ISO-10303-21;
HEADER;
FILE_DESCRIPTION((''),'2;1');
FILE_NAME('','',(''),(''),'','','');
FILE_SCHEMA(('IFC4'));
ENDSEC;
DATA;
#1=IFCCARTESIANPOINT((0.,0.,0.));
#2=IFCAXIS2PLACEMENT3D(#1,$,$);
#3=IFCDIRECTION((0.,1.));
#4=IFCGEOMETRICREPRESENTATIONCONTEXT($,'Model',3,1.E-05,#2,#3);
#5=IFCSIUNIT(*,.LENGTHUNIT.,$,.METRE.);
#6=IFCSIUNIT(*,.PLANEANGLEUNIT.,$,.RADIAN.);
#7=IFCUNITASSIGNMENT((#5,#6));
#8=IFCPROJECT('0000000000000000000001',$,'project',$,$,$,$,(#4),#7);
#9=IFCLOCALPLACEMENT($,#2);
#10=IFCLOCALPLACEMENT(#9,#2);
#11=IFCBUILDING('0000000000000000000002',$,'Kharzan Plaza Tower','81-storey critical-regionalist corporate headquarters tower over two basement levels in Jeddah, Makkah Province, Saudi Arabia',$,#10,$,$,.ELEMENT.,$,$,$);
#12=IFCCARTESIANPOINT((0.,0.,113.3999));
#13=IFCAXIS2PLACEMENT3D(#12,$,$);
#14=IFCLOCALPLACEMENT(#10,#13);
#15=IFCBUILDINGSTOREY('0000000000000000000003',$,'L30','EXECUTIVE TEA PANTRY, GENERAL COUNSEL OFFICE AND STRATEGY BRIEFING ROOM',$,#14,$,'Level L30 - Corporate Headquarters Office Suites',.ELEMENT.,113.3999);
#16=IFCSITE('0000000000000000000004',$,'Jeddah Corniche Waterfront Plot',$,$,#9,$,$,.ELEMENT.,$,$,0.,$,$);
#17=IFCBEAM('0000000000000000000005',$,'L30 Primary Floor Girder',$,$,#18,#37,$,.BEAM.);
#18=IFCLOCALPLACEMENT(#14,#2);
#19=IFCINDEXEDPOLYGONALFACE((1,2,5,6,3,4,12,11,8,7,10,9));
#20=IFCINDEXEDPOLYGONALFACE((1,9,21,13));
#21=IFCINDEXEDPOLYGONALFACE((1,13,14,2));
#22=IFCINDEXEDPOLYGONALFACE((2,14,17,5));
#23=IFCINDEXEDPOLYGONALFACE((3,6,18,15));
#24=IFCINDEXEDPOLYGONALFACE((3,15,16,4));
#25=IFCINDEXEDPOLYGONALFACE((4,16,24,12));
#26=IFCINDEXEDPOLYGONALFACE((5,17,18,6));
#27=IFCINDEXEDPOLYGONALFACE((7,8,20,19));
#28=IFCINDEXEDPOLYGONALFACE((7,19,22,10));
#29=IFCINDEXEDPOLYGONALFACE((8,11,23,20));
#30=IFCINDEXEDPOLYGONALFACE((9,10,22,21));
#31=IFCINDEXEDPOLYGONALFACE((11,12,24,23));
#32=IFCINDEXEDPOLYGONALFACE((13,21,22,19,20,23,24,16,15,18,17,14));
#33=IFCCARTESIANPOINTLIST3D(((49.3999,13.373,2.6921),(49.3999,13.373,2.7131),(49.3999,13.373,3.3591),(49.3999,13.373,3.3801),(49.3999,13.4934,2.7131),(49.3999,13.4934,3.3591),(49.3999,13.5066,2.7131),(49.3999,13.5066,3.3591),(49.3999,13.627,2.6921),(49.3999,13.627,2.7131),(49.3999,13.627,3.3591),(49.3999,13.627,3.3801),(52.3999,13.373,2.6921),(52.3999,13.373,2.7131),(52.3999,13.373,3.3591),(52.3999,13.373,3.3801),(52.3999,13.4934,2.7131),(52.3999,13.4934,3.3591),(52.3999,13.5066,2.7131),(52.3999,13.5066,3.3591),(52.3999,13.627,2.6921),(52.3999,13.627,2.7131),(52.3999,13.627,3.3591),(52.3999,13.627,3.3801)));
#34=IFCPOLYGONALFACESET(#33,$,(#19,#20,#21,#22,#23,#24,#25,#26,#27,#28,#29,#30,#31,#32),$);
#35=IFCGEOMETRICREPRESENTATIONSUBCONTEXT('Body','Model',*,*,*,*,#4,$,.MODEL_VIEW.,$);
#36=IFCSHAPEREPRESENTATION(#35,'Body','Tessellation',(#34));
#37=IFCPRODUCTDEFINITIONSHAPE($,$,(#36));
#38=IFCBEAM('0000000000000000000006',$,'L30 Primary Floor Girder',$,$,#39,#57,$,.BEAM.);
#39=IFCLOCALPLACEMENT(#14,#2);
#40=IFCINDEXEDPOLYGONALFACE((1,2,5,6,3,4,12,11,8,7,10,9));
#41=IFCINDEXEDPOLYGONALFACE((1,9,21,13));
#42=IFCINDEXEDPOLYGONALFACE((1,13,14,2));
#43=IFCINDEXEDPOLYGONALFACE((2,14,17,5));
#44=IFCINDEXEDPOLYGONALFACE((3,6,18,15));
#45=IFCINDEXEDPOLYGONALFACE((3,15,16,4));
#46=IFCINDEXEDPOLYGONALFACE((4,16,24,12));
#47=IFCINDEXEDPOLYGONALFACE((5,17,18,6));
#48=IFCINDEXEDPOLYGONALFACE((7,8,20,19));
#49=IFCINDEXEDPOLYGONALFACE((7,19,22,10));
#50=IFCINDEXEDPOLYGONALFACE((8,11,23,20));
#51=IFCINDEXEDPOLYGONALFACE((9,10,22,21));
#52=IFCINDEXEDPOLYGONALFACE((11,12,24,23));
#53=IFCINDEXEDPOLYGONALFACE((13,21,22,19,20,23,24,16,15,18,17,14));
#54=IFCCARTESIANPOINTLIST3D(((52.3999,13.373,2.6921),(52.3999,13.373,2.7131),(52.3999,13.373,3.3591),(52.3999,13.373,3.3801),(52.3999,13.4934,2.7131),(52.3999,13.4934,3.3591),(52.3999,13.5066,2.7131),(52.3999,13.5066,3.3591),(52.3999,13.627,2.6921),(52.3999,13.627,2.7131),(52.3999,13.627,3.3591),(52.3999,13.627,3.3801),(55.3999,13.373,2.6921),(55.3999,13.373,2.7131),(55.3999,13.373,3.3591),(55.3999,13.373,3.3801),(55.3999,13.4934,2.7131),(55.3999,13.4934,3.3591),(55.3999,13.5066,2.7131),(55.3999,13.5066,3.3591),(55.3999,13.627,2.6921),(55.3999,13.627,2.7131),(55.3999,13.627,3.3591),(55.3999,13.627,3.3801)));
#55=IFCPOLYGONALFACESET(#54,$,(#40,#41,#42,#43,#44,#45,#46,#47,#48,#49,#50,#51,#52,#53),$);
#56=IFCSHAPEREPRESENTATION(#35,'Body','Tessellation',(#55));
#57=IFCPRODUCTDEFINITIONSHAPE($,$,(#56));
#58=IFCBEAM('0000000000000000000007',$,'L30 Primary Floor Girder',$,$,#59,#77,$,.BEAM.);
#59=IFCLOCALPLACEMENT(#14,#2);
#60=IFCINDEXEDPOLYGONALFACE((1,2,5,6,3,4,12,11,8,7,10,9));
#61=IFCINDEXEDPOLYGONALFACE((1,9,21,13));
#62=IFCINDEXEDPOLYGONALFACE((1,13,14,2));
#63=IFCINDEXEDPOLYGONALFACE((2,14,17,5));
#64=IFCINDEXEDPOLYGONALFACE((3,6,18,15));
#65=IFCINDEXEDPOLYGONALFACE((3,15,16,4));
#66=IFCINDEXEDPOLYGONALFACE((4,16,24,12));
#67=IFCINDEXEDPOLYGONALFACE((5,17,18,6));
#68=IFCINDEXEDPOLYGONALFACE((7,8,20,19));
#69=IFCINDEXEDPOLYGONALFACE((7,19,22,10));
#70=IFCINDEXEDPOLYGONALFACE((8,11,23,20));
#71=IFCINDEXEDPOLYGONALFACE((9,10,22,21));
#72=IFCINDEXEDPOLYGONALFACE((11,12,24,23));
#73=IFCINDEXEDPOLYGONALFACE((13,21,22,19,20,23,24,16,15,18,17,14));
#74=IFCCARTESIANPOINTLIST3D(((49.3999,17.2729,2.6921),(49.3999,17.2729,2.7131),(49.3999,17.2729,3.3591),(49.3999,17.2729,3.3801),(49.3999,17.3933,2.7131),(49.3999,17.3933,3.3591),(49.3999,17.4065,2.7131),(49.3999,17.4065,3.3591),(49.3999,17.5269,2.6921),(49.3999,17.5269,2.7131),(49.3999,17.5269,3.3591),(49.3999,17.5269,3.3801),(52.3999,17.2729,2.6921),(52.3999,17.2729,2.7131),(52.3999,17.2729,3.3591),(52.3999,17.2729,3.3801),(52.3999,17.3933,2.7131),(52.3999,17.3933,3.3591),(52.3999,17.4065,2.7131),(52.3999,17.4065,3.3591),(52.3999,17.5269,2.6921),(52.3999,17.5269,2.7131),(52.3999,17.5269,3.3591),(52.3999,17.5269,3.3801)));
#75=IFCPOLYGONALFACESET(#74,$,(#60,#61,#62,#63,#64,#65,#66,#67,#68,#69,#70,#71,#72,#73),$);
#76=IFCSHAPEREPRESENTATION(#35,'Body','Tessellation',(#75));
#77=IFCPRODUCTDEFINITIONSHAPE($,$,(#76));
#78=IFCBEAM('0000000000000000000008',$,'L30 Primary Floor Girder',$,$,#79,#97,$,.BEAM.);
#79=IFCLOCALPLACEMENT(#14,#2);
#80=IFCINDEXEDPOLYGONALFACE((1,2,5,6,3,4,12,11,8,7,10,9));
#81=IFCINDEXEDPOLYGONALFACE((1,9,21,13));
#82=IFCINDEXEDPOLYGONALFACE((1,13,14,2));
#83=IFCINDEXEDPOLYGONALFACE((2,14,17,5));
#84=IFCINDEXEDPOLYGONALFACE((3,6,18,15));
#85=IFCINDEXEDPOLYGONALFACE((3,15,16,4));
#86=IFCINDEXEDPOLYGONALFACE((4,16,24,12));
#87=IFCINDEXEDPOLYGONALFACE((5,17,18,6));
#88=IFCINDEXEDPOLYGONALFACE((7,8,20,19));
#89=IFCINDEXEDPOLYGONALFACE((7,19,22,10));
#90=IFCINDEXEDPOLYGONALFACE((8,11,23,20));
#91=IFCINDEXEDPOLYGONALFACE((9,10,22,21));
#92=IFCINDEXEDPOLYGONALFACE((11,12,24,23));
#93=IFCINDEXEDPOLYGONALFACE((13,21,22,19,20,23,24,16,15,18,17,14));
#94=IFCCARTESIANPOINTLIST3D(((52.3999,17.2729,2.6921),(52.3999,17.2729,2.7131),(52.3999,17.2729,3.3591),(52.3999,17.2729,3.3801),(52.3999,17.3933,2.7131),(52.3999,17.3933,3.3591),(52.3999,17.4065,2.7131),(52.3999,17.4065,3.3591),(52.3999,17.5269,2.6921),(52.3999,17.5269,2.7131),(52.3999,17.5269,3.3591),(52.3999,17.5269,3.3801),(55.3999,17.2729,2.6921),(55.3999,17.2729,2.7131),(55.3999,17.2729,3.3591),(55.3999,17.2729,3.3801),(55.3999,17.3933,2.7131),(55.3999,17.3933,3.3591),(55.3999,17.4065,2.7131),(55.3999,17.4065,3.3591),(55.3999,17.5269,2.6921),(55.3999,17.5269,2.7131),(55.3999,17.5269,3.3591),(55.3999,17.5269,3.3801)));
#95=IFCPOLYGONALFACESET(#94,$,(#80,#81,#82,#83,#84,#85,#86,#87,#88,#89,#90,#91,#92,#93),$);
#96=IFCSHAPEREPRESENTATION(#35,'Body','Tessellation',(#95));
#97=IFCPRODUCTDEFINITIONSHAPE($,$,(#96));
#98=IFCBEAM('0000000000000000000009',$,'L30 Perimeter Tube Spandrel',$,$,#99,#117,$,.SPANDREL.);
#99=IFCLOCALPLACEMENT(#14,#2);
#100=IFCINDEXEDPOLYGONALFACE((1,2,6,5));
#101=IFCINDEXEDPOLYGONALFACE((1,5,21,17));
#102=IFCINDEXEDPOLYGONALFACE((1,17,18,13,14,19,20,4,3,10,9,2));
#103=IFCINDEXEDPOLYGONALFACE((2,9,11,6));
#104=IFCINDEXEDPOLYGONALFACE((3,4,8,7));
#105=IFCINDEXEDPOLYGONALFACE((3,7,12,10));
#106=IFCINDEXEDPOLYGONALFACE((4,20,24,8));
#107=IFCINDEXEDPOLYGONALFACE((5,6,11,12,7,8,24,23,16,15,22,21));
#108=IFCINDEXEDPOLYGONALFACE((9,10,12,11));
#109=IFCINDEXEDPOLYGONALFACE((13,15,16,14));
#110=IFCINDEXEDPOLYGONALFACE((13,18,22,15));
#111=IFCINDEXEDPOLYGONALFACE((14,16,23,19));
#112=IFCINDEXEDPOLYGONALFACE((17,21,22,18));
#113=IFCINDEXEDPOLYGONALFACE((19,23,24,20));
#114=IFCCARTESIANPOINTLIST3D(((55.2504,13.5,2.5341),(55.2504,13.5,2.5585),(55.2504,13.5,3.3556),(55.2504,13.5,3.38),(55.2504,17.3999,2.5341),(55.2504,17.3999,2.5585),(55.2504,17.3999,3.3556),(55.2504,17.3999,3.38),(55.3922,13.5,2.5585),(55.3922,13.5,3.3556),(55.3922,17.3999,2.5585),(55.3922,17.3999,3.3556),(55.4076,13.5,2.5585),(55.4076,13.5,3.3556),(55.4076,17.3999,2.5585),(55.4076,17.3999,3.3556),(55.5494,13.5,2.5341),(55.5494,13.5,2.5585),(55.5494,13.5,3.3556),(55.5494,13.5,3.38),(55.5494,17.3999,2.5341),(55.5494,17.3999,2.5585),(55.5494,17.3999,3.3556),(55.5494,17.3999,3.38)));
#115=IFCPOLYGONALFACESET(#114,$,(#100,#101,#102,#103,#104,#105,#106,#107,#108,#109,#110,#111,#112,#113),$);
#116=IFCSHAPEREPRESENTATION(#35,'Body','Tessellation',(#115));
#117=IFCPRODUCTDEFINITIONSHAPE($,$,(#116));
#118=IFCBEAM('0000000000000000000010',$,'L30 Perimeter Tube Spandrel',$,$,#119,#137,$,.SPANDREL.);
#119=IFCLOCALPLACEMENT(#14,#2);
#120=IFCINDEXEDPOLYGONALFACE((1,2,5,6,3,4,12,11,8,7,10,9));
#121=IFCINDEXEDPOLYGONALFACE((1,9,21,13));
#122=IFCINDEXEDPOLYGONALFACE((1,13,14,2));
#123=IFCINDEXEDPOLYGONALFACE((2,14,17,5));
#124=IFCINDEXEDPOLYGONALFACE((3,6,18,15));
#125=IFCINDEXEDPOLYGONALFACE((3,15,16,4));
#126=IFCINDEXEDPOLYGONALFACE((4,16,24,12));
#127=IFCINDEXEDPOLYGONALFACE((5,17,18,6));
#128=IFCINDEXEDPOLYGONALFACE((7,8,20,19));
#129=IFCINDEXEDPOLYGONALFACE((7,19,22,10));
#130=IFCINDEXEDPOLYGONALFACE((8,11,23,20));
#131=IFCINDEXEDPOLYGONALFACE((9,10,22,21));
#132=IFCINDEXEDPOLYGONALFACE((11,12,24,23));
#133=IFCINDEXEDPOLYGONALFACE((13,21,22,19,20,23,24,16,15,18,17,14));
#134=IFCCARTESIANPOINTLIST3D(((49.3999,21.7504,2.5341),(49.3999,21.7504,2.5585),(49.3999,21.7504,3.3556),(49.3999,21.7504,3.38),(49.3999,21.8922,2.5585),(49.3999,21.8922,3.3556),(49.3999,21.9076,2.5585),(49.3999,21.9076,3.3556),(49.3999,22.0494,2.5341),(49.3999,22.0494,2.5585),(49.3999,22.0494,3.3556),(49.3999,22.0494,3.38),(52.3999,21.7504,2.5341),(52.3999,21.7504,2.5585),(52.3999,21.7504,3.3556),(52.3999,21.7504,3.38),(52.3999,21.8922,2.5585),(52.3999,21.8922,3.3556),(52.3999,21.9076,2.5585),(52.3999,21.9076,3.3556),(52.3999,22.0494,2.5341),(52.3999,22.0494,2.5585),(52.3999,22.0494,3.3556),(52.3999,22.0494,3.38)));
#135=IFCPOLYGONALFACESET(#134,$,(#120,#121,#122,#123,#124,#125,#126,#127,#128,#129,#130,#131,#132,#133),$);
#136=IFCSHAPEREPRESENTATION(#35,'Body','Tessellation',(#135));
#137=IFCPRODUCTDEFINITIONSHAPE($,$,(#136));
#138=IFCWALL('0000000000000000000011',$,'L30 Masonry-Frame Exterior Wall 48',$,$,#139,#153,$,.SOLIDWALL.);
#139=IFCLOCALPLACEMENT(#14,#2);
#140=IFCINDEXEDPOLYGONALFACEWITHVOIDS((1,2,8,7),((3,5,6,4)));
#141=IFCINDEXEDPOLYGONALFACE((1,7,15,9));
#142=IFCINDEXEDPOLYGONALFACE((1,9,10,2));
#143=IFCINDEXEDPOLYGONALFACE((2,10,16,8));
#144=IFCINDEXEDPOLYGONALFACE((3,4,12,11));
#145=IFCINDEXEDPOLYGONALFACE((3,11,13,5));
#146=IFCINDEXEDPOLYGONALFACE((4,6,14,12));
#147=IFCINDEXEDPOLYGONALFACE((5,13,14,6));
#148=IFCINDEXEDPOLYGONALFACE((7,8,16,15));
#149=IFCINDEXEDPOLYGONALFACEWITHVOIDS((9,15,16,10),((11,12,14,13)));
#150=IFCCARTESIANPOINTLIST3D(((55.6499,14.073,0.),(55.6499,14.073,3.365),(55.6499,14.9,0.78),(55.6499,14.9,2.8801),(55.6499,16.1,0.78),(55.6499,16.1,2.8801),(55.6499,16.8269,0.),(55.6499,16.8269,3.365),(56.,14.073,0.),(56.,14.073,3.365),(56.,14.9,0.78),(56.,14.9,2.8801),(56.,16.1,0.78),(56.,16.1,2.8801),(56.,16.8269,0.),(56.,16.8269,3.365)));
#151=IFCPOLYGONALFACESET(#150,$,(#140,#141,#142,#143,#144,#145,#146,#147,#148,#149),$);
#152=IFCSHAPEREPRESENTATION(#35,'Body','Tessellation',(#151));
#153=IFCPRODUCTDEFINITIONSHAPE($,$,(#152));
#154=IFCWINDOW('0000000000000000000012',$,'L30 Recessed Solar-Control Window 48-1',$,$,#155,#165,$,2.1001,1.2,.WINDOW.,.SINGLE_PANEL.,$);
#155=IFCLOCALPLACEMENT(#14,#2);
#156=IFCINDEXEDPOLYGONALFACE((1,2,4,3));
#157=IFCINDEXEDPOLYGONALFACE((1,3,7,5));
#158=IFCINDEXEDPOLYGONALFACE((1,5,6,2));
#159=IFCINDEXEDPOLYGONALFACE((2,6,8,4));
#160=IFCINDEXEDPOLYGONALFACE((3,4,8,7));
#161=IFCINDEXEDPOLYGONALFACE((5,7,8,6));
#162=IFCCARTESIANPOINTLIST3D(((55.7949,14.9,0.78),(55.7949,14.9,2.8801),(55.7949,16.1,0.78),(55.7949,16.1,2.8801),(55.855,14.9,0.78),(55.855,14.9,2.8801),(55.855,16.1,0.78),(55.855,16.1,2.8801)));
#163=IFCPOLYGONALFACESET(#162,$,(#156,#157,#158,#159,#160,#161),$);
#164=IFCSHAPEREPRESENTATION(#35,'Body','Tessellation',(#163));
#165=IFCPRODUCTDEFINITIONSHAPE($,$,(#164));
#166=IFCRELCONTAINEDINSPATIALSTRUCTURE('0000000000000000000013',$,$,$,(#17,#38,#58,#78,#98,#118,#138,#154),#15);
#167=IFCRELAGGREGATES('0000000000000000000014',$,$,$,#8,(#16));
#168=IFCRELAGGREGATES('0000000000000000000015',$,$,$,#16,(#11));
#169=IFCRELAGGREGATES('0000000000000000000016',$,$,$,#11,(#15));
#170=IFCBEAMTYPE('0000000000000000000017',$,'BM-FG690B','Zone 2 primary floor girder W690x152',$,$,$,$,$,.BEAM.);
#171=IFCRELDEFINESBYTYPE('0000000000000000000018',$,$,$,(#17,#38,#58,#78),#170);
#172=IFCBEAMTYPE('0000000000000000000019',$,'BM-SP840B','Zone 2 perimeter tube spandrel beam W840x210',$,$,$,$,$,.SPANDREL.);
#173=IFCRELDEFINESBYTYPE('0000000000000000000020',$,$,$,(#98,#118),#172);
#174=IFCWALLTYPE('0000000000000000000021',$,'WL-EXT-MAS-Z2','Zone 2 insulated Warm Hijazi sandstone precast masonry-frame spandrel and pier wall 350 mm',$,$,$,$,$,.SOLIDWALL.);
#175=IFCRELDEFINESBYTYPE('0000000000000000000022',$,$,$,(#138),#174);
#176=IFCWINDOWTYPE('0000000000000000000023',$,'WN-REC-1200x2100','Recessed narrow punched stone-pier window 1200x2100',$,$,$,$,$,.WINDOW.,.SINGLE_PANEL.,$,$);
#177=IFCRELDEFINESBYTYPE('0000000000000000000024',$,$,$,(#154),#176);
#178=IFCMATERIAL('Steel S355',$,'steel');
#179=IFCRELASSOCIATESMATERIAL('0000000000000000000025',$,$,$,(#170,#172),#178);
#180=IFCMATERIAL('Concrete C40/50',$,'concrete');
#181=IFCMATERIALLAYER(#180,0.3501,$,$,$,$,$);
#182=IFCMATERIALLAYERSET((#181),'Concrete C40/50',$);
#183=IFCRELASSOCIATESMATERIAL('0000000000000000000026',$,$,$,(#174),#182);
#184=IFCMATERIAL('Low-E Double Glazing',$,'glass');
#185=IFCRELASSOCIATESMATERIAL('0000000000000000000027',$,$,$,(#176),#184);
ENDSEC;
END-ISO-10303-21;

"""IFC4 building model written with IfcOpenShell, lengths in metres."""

from ifc_helpers import new_model, si_unit, direction, frame, frame_2d, origin, origin_2d, place, context, subcontext, project, spatial, rectangle, i_section, extrude, source, transform, mapped, material, layer, layer_set, material_profile, profile_set, type_object, element, fill, save


model = new_model("IFC4")

# Units and contexts
model_context = context("Model", 3, precision=1e-05, world=origin(), true_north=direction((0.0, 1.0)))
body_context = subcontext(model_context, "Body", "Model", "MODEL_VIEW")
ifc_project = project(units=[si_unit("LENGTHUNIT", "METRE"), si_unit("PLANEANGLEUNIT", "RADIAN")], contexts=[model_context])

# Site, building, storey
site_placement = place(None, origin())
site = spatial("IfcSite", under=ifc_project, at=site_placement, Name="Jeddah Corniche Waterfront Plot", CompositionType="ELEMENT", RefElevation=0.0)
building_placement = place(site_placement, origin())
building = spatial("IfcBuilding", under=site, at=building_placement, Name="Kharzan Plaza Tower", Description="81-storey critical-regionalist corporate headquarters tower over two basement levels in Jeddah, Makkah Province, Saudi Arabia", CompositionType="ELEMENT")
storey_placement = place(building_placement, frame((0.0, 0.0, 113.3999)))
storey = spatial("IfcBuildingStorey", under=building, at=storey_placement, Name="L30", Description="EXECUTIVE TEA PANTRY, GENERAL COUNSEL OFFICE AND STRATEGY BRIEFING ROOM", LongName="Level L30 - Corporate Headquarters Office Suites", CompositionType="ELEMENT", Elevation=113.3999)

# Beams
ifc_material_1 = material(Name="Steel S355", Category="steel")
ifc_material_profile_1 = material_profile(ifc_material_1, i_section(OverallWidth=0.2539, OverallDepth=0.688, WebThickness=0.0132, FlangeThickness=0.021, at=origin_2d()), Name="W690x152")
ifc_profile_set_1 = profile_set([ifc_material_profile_1], Name="Steel S355")
beam_type_1 = type_object("IfcBeamType", Name="BM-FG690B", Description="Zone 2 primary floor girder W690x152", PredefinedType="BEAM", material=ifc_profile_set_1)
shared_shape_1 = source(origin(), body_context, "Body", "SweptSolid", [
    extrude(i_section(OverallWidth=0.2539, OverallDepth=0.688, WebThickness=0.0132, FlangeThickness=0.021, at=origin_2d()), origin(), (0.0, 0.0, 1.0), 3.0),
])
for number, where, z_axis, x_axis, name in (
    (1, (49.3999, 13.5, 3.0361), (1.0, 0.0, 0.0), (0.0, 1.0, 0.0), "L30 Primary Floor Girder"),
    (2, (52.3999, 13.5, 3.0361), (1.0, 0.0, 0.0), (0.0, 1.0, 0.0), "L30 Primary Floor Girder"),
    (3, (49.3999, 17.3999, 3.0361), (1.0, 0.0, 0.0), (0.0, 1.0, 0.0), "L30 Primary Floor Girder"),
    (4, (52.3999, 17.3999, 3.0361), (1.0, 0.0, 0.0), (0.0, 1.0, 0.0), "L30 Primary Floor Girder"),
):
    element("IfcBeam", number, at=place(storey_placement, frame(where, z_axis=z_axis, x_axis=x_axis)), inside=storey, type_object=beam_type_1, Name=name, PredefinedType="BEAM", context=body_context, shape_type="MappedRepresentation", body=[
        mapped(shared_shape_1, transform((0.0, 0.0, 0.0), x_axis=(1.0, 0.0, 0.0), y_axis=(0.0, 1.0, 0.0), z_axis=(0.0, 0.0, 1.0))),
    ])
ifc_material_profile_2 = material_profile(ifc_material_1, i_section(OverallWidth=0.2991, OverallDepth=0.8459, WebThickness=0.0154, FlangeThickness=0.0244, at=origin_2d()), Name="W840x210")
ifc_profile_set_2 = profile_set([ifc_material_profile_2], Name="Steel S355")
beam_type_2 = type_object("IfcBeamType", Name="BM-SP840B", Description="Zone 2 perimeter tube spandrel beam W840x210", PredefinedType="SPANDREL", material=ifc_profile_set_2)
shared_shape_2 = source(origin(), body_context, "Body", "SweptSolid", [
    extrude(i_section(OverallWidth=0.2991, OverallDepth=0.8459, WebThickness=0.0154, FlangeThickness=0.0244, at=origin_2d()), origin(), (0.0, 0.0, 1.0), 3.8999),
])
beam_1_placement = place(storey_placement, frame((55.3999, 13.5, 2.957), z_axis=(0.0, 1.0, 0.0), x_axis=(-1.0, 0.0, 0.0)))
element("IfcBeam", 5, at=beam_1_placement, inside=storey, type_object=beam_type_2, Name="L30 Perimeter Tube Spandrel", PredefinedType="SPANDREL", context=body_context, shape_type="MappedRepresentation", body=[
    mapped(shared_shape_2, transform((0.0, 0.0, 0.0), x_axis=(1.0, 0.0, 0.0), y_axis=(0.0, 1.0, 0.0), z_axis=(0.0, 0.0, 1.0))),
])
shared_shape_3 = source(origin(), body_context, "Body", "SweptSolid", [
    extrude(i_section(OverallWidth=0.2991, OverallDepth=0.8459, WebThickness=0.0154, FlangeThickness=0.0244, at=origin_2d()), origin(), (0.0, 0.0, 1.0), 3.0),
])
beam_2_placement = place(storey_placement, frame((49.3999, 21.8999, 2.957), z_axis=(1.0, 0.0, 0.0), x_axis=(0.0, 1.0, 0.0)))
element("IfcBeam", 6, at=beam_2_placement, inside=storey, type_object=beam_type_2, Name="L30 Perimeter Tube Spandrel", PredefinedType="SPANDREL", context=body_context, shape_type="MappedRepresentation", body=[
    mapped(shared_shape_3, transform((0.0, 0.0, 0.0), x_axis=(1.0, 0.0, 0.0), y_axis=(0.0, 1.0, 0.0), z_axis=(0.0, 0.0, 1.0))),
])

# Wall, opening, window
ifc_material_2 = material(Name="Concrete C40/50", Category="concrete")
ifc_layer = layer(ifc_material_2, 0.3501)
ifc_layer_set = layer_set([ifc_layer], Name="Concrete C40/50")
wall_type = type_object("IfcWallType", Name="WL-EXT-MAS-Z2", Description="Zone 2 insulated Warm Hijazi sandstone precast masonry-frame spandrel and pier wall 350 mm", PredefinedType="SOLIDWALL", material=ifc_layer_set)
wall_1_placement = place(storey_placement, frame((55.825, 14.073, 0.0), z_axis=(0.0, 0.0, 1.0), x_axis=(0.0, 1.0, 0.0)))
wall_1 = element("IfcWall", 7, at=wall_1_placement, inside=storey, type_object=wall_type, Name="L30 Masonry-Frame Exterior Wall 48", PredefinedType="SOLIDWALL", context=body_context, shape_type="SweptSolid", body=[
    extrude(rectangle(XDim=2.7539, YDim=0.3501, at=frame_2d((1.377, 0.0))), origin(), (0.0, 0.0, 1.0), 3.365),
])
opening_1_placement = place(wall_1_placement, frame((0.8269, 0.0, 0.78)))
opening_1 = element("IfcOpeningElement", 8, at=opening_1_placement, cuts=wall_1, PredefinedType="OPENING", context=body_context, shape_type="SweptSolid", body=[
    extrude(rectangle(XDim=1.2, YDim=2.1001, at=frame_2d((0.6001, 1.05))), frame((0.0, 0.1851, 0.0), z_axis=(0.0, -1.0, 0.0), x_axis=(1.0, 0.0, 0.0)), (0.0, 0.0, 1.0), 0.3701),
])
ifc_material_3 = material(Name="Low-E Double Glazing", Category="glass")
window_type_1 = type_object("IfcWindowType", Name="WN-REC-1200x2100", Description="Recessed narrow punched stone-pier window 1200x2100", PartitioningType="SINGLE_PANEL", PredefinedType="WINDOW", material=ifc_material_3)
shared_shape_4 = source(origin(), body_context, "Body", "SweptSolid", [
    extrude(rectangle(XDim=1.2, YDim=2.1001, at=frame_2d((0.6001, 1.05))), frame((0.0, 0.03, 0.0), z_axis=(0.0, -1.0, 0.0), x_axis=(1.0, 0.0, 0.0)), (0.0, 0.0, 1.0), 0.0601),
])
window_1_placement = place(opening_1_placement, origin())
window_1 = element("IfcWindow", 9, at=window_1_placement, inside=storey, type_object=window_type_1, Name="L30 Recessed Solar-Control Window 48-1", OverallHeight=2.1001, OverallWidth=1.2, PartitioningType="SINGLE_PANEL", PredefinedType="WINDOW", context=body_context, shape_type="MappedRepresentation", body=[
    mapped(shared_shape_4, transform((0.0, 0.0, 0.0), x_axis=(1.0, 0.0, 0.0), y_axis=(0.0, 1.0, 0.0), z_axis=(0.0, 0.0, 1.0))),
])
fill(opening_1, window_1)

save(model, "model.ifc")
